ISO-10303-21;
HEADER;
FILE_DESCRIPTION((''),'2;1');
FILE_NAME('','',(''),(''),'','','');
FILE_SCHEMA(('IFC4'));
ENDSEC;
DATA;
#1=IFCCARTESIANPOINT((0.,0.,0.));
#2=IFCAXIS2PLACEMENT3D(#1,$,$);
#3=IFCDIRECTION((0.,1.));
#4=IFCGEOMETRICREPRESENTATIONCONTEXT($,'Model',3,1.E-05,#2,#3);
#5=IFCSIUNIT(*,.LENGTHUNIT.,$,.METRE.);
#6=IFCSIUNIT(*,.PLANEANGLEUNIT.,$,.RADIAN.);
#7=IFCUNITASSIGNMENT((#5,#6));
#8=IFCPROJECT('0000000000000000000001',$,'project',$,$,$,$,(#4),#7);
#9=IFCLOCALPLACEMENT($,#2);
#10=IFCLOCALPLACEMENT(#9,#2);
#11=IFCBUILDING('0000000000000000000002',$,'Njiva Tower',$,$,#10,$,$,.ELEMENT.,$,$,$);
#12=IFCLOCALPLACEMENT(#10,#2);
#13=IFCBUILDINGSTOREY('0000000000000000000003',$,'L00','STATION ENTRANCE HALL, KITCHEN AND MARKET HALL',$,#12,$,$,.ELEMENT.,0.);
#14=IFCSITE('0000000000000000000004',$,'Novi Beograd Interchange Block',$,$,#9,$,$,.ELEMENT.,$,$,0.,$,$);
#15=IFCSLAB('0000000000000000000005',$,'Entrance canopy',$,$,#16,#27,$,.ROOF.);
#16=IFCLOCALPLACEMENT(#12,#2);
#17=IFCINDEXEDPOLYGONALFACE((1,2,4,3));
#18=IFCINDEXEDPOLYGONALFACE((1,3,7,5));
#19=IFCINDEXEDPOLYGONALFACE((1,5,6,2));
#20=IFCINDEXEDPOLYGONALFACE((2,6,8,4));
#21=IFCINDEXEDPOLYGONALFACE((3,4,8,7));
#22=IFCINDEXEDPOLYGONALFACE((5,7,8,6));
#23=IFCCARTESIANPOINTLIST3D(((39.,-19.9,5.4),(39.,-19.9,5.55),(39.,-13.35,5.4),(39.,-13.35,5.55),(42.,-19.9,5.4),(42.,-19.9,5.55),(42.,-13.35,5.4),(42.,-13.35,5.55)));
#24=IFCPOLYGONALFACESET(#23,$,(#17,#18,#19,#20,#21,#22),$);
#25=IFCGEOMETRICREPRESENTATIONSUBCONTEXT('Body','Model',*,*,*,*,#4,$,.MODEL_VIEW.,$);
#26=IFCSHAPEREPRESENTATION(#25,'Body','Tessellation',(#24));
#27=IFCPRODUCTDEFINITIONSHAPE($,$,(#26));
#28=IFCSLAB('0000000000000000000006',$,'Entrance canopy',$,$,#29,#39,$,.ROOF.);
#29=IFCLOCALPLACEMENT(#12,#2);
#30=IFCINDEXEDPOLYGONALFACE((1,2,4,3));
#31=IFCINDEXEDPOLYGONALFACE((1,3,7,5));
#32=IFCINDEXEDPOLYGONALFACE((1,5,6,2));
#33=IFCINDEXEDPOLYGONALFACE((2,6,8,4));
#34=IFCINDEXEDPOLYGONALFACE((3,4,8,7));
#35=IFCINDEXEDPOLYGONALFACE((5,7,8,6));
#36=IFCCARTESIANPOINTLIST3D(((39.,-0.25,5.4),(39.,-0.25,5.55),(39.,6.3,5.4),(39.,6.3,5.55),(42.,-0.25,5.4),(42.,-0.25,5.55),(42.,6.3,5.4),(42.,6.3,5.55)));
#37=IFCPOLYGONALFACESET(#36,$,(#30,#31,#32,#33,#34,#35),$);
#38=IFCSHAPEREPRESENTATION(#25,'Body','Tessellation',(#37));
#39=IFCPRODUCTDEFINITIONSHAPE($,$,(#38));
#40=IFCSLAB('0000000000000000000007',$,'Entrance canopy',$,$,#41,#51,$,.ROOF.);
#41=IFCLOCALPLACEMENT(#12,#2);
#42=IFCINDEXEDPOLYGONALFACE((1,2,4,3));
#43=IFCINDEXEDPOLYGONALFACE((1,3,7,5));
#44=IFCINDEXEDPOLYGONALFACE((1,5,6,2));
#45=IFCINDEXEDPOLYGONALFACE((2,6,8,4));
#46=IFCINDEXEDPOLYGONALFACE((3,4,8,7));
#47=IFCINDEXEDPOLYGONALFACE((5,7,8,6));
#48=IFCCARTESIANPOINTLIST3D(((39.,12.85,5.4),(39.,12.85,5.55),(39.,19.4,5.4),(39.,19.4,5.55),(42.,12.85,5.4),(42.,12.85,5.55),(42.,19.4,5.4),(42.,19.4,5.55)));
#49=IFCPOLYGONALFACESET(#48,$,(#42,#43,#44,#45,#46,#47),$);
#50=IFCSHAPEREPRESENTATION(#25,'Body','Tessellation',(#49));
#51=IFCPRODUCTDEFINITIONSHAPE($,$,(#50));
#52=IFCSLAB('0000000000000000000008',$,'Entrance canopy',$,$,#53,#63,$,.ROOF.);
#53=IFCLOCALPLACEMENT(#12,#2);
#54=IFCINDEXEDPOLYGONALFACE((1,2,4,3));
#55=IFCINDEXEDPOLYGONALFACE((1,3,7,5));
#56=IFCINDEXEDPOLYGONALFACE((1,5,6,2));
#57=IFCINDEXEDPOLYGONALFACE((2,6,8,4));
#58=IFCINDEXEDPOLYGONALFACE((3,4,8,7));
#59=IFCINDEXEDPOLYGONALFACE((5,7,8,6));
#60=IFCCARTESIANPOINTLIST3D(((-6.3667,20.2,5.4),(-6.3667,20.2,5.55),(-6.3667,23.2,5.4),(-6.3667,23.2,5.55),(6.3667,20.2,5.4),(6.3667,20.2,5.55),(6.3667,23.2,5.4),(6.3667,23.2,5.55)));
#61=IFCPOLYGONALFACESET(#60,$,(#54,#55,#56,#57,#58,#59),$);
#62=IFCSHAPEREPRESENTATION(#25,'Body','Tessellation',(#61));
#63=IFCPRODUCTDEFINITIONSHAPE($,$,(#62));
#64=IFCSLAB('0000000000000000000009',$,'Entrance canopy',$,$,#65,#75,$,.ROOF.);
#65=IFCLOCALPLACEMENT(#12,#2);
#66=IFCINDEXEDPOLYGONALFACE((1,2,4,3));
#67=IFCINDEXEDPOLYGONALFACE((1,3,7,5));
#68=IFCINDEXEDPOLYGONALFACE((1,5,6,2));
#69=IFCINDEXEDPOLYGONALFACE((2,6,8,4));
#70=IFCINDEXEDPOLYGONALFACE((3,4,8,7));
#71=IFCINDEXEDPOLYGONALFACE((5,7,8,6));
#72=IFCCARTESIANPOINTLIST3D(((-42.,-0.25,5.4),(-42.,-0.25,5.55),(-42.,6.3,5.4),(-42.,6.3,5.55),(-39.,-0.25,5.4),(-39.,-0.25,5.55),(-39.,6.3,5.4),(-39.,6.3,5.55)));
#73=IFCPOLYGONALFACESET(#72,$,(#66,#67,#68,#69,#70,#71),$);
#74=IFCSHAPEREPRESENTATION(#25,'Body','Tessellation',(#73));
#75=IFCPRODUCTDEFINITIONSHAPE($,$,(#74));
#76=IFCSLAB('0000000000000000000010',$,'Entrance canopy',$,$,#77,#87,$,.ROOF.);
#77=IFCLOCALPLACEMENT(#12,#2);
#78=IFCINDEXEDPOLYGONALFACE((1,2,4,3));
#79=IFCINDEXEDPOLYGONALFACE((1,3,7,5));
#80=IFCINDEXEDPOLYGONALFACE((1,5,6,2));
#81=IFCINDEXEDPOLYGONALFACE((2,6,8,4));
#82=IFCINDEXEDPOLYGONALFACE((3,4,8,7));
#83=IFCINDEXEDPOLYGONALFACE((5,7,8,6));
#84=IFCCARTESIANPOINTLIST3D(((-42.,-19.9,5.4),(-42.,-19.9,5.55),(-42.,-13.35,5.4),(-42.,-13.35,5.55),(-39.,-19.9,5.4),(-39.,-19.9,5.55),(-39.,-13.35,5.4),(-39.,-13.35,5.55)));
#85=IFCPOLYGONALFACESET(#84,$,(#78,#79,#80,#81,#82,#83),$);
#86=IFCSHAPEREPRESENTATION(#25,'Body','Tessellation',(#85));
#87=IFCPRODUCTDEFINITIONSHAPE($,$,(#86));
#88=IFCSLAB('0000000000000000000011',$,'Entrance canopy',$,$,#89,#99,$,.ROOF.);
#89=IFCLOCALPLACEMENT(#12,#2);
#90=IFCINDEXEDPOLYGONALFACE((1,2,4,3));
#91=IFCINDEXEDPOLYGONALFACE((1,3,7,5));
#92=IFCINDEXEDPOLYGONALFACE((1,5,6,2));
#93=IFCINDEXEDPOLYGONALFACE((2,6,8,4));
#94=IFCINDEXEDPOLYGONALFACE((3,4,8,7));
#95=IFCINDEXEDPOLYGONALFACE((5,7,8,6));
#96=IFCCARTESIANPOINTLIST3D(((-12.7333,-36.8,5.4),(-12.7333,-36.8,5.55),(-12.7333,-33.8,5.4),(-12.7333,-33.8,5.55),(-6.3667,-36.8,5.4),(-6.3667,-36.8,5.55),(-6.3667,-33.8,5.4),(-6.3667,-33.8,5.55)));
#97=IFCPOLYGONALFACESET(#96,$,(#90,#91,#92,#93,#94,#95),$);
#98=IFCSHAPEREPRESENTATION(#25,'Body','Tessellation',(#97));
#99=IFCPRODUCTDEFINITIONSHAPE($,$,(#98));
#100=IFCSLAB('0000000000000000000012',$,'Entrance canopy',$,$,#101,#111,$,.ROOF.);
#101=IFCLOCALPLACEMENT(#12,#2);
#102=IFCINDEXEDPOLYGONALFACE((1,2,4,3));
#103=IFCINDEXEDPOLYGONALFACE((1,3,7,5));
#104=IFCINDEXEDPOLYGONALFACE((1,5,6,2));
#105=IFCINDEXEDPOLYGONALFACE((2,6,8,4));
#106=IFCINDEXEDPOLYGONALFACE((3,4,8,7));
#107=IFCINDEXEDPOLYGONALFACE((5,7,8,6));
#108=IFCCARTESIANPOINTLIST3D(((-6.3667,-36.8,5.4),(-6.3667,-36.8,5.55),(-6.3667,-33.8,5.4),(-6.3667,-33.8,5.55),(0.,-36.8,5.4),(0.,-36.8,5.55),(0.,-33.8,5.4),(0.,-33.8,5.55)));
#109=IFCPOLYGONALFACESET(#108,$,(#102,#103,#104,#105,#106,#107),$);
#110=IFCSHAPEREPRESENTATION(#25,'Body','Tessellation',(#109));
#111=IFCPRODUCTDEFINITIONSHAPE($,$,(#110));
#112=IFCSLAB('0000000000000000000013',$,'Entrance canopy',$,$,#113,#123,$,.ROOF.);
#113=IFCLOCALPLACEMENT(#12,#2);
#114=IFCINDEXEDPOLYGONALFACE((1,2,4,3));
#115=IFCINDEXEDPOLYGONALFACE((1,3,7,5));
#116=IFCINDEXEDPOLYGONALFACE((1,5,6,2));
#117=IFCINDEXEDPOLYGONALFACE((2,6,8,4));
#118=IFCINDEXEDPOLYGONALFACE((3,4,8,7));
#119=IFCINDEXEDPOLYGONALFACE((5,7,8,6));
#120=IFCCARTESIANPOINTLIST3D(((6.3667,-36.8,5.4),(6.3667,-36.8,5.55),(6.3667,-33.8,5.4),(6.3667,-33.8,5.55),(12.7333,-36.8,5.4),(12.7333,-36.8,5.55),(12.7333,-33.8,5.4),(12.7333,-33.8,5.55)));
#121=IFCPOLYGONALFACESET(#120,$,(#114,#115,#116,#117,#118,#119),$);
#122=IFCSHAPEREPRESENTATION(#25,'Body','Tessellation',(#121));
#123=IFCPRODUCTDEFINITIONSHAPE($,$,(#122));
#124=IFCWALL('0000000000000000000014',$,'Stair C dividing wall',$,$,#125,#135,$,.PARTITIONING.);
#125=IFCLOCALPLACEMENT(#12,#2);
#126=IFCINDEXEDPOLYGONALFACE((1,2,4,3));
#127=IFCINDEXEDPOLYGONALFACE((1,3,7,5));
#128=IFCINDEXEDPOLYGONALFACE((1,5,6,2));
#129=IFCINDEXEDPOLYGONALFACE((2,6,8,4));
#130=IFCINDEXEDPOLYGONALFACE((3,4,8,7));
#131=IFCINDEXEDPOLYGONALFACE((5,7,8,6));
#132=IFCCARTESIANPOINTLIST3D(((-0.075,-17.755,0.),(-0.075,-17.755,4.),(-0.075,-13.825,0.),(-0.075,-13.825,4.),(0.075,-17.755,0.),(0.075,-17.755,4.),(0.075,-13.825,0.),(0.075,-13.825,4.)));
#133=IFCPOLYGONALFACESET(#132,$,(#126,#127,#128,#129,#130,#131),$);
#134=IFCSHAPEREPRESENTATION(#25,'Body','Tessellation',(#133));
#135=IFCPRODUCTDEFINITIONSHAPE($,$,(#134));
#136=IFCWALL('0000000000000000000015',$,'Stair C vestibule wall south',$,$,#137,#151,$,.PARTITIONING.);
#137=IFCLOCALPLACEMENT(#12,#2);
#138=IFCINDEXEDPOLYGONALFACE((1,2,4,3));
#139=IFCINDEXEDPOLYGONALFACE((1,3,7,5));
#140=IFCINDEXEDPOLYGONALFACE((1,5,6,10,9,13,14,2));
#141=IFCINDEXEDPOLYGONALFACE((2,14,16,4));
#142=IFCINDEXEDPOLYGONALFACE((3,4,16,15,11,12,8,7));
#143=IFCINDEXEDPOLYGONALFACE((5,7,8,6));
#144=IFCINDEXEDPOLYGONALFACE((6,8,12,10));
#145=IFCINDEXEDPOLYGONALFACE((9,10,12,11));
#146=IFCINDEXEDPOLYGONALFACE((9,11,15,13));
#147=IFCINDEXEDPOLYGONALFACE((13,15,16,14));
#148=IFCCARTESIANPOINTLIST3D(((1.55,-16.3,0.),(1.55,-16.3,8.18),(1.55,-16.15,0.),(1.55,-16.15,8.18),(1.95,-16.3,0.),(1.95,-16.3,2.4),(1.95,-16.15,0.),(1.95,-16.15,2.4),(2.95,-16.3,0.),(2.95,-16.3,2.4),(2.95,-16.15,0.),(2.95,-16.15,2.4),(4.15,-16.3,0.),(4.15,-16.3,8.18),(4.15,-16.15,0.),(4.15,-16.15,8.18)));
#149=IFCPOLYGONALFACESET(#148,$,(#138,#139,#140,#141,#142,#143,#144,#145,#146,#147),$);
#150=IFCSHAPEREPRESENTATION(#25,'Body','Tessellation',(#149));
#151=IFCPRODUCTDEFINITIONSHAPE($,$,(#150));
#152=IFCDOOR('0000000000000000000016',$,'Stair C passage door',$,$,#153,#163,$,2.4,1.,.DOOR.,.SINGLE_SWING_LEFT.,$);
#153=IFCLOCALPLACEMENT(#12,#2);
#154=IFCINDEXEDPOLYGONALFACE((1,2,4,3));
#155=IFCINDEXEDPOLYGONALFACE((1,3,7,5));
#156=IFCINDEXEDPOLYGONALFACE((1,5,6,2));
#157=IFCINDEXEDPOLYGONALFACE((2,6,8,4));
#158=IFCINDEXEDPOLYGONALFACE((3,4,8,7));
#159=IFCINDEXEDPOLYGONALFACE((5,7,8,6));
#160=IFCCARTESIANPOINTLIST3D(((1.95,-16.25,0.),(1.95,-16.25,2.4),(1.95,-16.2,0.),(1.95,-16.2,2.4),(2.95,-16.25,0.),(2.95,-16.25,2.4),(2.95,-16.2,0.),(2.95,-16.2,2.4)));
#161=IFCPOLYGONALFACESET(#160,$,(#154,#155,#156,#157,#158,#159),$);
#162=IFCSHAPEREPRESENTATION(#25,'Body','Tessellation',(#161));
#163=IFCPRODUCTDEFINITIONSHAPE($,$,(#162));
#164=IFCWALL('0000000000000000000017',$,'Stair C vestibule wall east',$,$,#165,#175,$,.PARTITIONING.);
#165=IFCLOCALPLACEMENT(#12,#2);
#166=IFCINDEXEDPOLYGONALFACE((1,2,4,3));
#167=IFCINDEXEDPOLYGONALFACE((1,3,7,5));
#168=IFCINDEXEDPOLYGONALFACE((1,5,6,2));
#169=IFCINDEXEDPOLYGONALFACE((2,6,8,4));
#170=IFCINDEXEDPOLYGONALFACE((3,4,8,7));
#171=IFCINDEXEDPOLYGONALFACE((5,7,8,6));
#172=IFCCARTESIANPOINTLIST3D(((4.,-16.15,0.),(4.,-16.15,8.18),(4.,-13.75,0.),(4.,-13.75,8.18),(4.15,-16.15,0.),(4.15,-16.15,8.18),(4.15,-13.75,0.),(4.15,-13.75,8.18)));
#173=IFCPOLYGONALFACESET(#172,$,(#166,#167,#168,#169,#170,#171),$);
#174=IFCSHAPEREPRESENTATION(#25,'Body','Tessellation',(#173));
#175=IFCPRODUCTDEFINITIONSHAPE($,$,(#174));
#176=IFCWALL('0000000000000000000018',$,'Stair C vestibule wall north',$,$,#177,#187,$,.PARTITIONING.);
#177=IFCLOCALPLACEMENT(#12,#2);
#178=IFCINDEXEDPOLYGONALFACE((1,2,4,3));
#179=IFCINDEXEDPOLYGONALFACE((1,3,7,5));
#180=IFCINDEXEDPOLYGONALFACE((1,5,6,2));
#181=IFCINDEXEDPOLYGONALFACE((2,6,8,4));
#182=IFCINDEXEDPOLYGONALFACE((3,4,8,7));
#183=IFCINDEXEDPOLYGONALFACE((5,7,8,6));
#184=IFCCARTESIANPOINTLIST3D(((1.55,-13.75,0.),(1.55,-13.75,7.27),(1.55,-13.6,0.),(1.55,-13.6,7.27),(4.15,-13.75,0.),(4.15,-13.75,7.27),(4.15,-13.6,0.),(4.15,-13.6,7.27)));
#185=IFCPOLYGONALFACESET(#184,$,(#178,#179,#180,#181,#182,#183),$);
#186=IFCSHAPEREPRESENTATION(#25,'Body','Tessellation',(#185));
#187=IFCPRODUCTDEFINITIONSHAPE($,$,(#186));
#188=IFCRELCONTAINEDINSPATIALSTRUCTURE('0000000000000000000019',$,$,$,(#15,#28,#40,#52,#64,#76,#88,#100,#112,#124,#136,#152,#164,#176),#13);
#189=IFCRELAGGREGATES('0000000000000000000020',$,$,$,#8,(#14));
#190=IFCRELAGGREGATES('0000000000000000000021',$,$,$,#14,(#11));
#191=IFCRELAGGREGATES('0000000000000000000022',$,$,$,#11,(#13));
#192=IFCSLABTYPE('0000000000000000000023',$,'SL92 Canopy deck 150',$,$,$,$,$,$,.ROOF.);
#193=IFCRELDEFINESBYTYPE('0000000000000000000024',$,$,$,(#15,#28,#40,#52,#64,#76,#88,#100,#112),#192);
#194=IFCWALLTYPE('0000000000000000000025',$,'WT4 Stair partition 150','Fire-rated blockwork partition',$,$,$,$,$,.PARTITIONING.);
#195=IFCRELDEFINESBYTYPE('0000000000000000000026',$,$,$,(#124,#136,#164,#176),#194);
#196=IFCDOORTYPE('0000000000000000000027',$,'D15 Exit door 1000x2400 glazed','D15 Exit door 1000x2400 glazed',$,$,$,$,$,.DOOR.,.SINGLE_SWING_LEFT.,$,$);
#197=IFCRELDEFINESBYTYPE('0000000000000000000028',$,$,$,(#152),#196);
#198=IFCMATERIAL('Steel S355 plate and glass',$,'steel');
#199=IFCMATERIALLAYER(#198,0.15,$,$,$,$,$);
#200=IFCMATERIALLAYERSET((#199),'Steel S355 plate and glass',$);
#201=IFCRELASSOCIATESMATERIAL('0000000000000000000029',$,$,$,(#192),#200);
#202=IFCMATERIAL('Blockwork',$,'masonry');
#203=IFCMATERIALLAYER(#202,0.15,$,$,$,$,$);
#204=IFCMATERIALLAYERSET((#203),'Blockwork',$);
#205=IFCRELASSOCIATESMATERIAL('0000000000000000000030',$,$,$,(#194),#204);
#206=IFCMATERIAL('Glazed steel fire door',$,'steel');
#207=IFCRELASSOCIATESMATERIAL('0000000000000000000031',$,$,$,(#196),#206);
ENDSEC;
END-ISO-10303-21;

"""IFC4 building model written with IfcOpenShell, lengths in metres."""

from ifc_helpers import new_model, si_unit, direction, frame, frame_2d, origin, place, context, subcontext, project, spatial, polyline, rectangle, outline, extrude, material, layer, layer_set, type_object, element, fill, save


model = new_model("IFC4")

# Units and contexts
model_context = context("Model", 3, precision=1e-05, world=origin(), true_north=direction((0.0, 1.0)))
body_context = subcontext(model_context, "Body", "Model", "MODEL_VIEW")
ifc_project = project(units=[si_unit("LENGTHUNIT", "METRE"), si_unit("PLANEANGLEUNIT", "RADIAN")], contexts=[model_context])

# Site, building, storey
site_placement = place(None, origin())
site = spatial("IfcSite", under=ifc_project, at=site_placement, Name="Novi Beograd Interchange Block", CompositionType="ELEMENT", RefElevation=0.0)
building_placement = place(site_placement, origin())
building = spatial("IfcBuilding", under=site, at=building_placement, Name="Njiva Tower", CompositionType="ELEMENT")
storey_placement = place(building_placement, origin())
storey = spatial("IfcBuildingStorey", under=building, at=storey_placement, Name="L00", Description="STATION ENTRANCE HALL, KITCHEN AND MARKET HALL", CompositionType="ELEMENT", Elevation=0.0)

# Slabs
ifc_material_1 = material(Name="Steel S355 plate and glass", Category="steel")
ifc_layer_1 = layer(ifc_material_1, 0.15)
ifc_layer_set_1 = layer_set([ifc_layer_1], Name="Steel S355 plate and glass")
slab_type_1 = type_object("IfcSlabType", Name="SL92 Canopy deck 150", PredefinedType="ROOF", material=ifc_layer_set_1)
slab_1_placement = place(storey_placement, frame((0.0, 0.0, 5.4)))
element("IfcSlab", 1, at=slab_1_placement, inside=storey, type_object=slab_type_1, Name="Entrance canopy", PredefinedType="ROOF", context=body_context, shape_type="SweptSolid", body=[
    extrude(outline(polyline([(39.0, -19.9), (39.0, -13.35), (42.0, -13.35), (42.0, -19.9), (39.0, -19.9)])), origin(), (0.0, 0.0, 1.0), 0.15),
])
slab_2_placement = place(storey_placement, frame((0.0, 0.0, 5.4)))
element("IfcSlab", 2, at=slab_2_placement, inside=storey, type_object=slab_type_1, Name="Entrance canopy", PredefinedType="ROOF", context=body_context, shape_type="SweptSolid", body=[
    extrude(outline(polyline([(39.0, -0.25), (39.0, 6.3), (42.0, 6.3), (42.0, -0.25), (39.0, -0.25)])), origin(), (0.0, 0.0, 1.0), 0.15),
])
slab_3_placement = place(storey_placement, frame((0.0, 0.0, 5.4)))
element("IfcSlab", 3, at=slab_3_placement, inside=storey, type_object=slab_type_1, Name="Entrance canopy", PredefinedType="ROOF", context=body_context, shape_type="SweptSolid", body=[
    extrude(outline(polyline([(39.0, 12.85), (39.0, 19.4), (42.0, 19.4), (42.0, 12.85), (39.0, 12.85)])), origin(), (0.0, 0.0, 1.0), 0.15),
])
slab_4_placement = place(storey_placement, frame((0.0, 0.0, 5.4)))
element("IfcSlab", 4, at=slab_4_placement, inside=storey, type_object=slab_type_1, Name="Entrance canopy", PredefinedType="ROOF", context=body_context, shape_type="SweptSolid", body=[
    extrude(outline(polyline([(6.3667, 20.2), (-6.3667, 20.2), (-6.3667, 23.2), (6.3667, 23.2), (6.3667, 20.2)])), origin(), (0.0, 0.0, 1.0), 0.15),
])
slab_5_placement = place(storey_placement, frame((0.0, 0.0, 5.4)))
element("IfcSlab", 5, at=slab_5_placement, inside=storey, type_object=slab_type_1, Name="Entrance canopy", PredefinedType="ROOF", context=body_context, shape_type="SweptSolid", body=[
    extrude(outline(polyline([(-39.0, 6.3), (-39.0, -0.25), (-42.0, -0.25), (-42.0, 6.3), (-39.0, 6.3)])), origin(), (0.0, 0.0, 1.0), 0.15),
])
slab_6_placement = place(storey_placement, frame((0.0, 0.0, 5.4)))
element("IfcSlab", 6, at=slab_6_placement, inside=storey, type_object=slab_type_1, Name="Entrance canopy", PredefinedType="ROOF", context=body_context, shape_type="SweptSolid", body=[
    extrude(outline(polyline([(-39.0, -13.35), (-39.0, -19.9), (-42.0, -19.9), (-42.0, -13.35), (-39.0, -13.35)])), origin(), (0.0, 0.0, 1.0), 0.15),
])
slab_7_placement = place(storey_placement, frame((0.0, 0.0, 5.4)))
element("IfcSlab", 7, at=slab_7_placement, inside=storey, type_object=slab_type_1, Name="Entrance canopy", PredefinedType="ROOF", context=body_context, shape_type="SweptSolid", body=[
    extrude(outline(polyline([(-12.7333, -33.8), (-6.3667, -33.8), (-6.3667, -36.8), (-12.7333, -36.8), (-12.7333, -33.8)])), origin(), (0.0, 0.0, 1.0), 0.15),
])
slab_8_placement = place(storey_placement, frame((0.0, 0.0, 5.4)))
element("IfcSlab", 8, at=slab_8_placement, inside=storey, type_object=slab_type_1, Name="Entrance canopy", PredefinedType="ROOF", context=body_context, shape_type="SweptSolid", body=[
    extrude(outline(polyline([(-6.3667, -33.8), (0.0, -33.8), (0.0, -36.8), (-6.3667, -36.8), (-6.3667, -33.8)])), origin(), (0.0, 0.0, 1.0), 0.15),
])
slab_9_placement = place(storey_placement, frame((0.0, 0.0, 5.4)))
element("IfcSlab", 9, at=slab_9_placement, inside=storey, type_object=slab_type_1, Name="Entrance canopy", PredefinedType="ROOF", context=body_context, shape_type="SweptSolid", body=[
    extrude(outline(polyline([(6.3667, -33.8), (12.7333, -33.8), (12.7333, -36.8), (6.3667, -36.8), (6.3667, -33.8)])), origin(), (0.0, 0.0, 1.0), 0.15),
])

# Wall
ifc_material_2 = material(Name="Blockwork", Category="masonry")
ifc_layer_2 = layer(ifc_material_2, 0.15)
ifc_layer_set_2 = layer_set([ifc_layer_2], Name="Blockwork")
wall_type_1 = type_object("IfcWallType", Name="WT4 Stair partition 150", Description="Fire-rated blockwork partition", PredefinedType="PARTITIONING", material=ifc_layer_set_2)
wall_1_placement = place(storey_placement, frame((0.0, -17.755, 0.0), z_axis=(0.0, 0.0, 1.0), x_axis=(0.0, 1.0, 0.0)))
element("IfcWall", 10, at=wall_1_placement, inside=storey, type_object=wall_type_1, Name="Stair C dividing wall", PredefinedType="PARTITIONING", context=body_context, shape_type="SweptSolid", body=[
    extrude(rectangle(XDim=3.93, YDim=0.15, at=frame_2d((1.965, 0.0))), origin(), (0.0, 0.0, 1.0), 4.0),
])

# Wall, opening, door
wall_2_placement = place(storey_placement, frame((1.55, -16.225, 0.0), z_axis=(0.0, 0.0, 1.0), x_axis=(1.0, 0.0, 0.0)))
wall_2 = element("IfcWall", 11, at=wall_2_placement, inside=storey, type_object=wall_type_1, Name="Stair C vestibule wall south", PredefinedType="PARTITIONING", context=body_context, shape_type="SweptSolid", body=[
    extrude(rectangle(XDim=2.6, YDim=0.15, at=frame_2d((1.3, 0.0))), origin(), (0.0, 0.0, 1.0), 8.18),
])
opening_placement = place(wall_2_placement, frame((0.4, 0.0, 0.0)))
opening = element("IfcOpeningElement", 12, at=opening_placement, cuts=wall_2, PredefinedType="OPENING", context=body_context, shape_type="SweptSolid", body=[
    extrude(rectangle(XDim=1.0, YDim=2.4, at=frame_2d((0.5, 1.2))), frame((0.0, 0.085, 0.0), z_axis=(0.0, -1.0, 0.0), x_axis=(1.0, 0.0, 0.0)), (0.0, 0.0, 1.0), 0.17),
])
ifc_material_3 = material(Name="Glazed steel fire door", Category="steel")
door_type = type_object("IfcDoorType", Name="D15 Exit door 1000x2400 glazed", Description="D15 Exit door 1000x2400 glazed", OperationType="SINGLE_SWING_LEFT", PredefinedType="DOOR", material=ifc_material_3)
door_placement = place(opening_placement, origin())
door = element("IfcDoor", 13, at=door_placement, inside=storey, type_object=door_type, Name="Stair C passage door", OperationType="SINGLE_SWING_LEFT", OverallHeight=2.4, OverallWidth=1.0, PredefinedType="DOOR", context=body_context, shape_type="SweptSolid", body=[
    extrude(rectangle(XDim=1.0, YDim=2.4, at=frame_2d((0.5, 1.2))), frame((0.0, 0.025, 0.0), z_axis=(0.0, -1.0, 0.0), x_axis=(1.0, 0.0, 0.0)), (0.0, 0.0, 1.0), 0.05),
])
fill(opening, door)

# Walls
wall_3_placement = place(storey_placement, frame((4.075, -16.15, 0.0), z_axis=(0.0, 0.0, 1.0), x_axis=(0.0, 1.0, 0.0)))
element("IfcWall", 14, at=wall_3_placement, inside=storey, type_object=wall_type_1, Name="Stair C vestibule wall east", PredefinedType="PARTITIONING", context=body_context, shape_type="SweptSolid", body=[
    extrude(rectangle(XDim=2.4, YDim=0.15, at=frame_2d((1.2, 0.0))), origin(), (0.0, 0.0, 1.0), 8.18),
])
wall_4_placement = place(storey_placement, frame((1.55, -13.675, 0.0), z_axis=(0.0, 0.0, 1.0), x_axis=(1.0, 0.0, 0.0)))
element("IfcWall", 15, at=wall_4_placement, inside=storey, type_object=wall_type_1, Name="Stair C vestibule wall north", PredefinedType="PARTITIONING", context=body_context, shape_type="SweptSolid", body=[
    extrude(rectangle(XDim=2.6, YDim=0.15, at=frame_2d((1.3, 0.0))), origin(), (0.0, 0.0, 1.0), 7.27),
])

save(model, "model.ifc")
